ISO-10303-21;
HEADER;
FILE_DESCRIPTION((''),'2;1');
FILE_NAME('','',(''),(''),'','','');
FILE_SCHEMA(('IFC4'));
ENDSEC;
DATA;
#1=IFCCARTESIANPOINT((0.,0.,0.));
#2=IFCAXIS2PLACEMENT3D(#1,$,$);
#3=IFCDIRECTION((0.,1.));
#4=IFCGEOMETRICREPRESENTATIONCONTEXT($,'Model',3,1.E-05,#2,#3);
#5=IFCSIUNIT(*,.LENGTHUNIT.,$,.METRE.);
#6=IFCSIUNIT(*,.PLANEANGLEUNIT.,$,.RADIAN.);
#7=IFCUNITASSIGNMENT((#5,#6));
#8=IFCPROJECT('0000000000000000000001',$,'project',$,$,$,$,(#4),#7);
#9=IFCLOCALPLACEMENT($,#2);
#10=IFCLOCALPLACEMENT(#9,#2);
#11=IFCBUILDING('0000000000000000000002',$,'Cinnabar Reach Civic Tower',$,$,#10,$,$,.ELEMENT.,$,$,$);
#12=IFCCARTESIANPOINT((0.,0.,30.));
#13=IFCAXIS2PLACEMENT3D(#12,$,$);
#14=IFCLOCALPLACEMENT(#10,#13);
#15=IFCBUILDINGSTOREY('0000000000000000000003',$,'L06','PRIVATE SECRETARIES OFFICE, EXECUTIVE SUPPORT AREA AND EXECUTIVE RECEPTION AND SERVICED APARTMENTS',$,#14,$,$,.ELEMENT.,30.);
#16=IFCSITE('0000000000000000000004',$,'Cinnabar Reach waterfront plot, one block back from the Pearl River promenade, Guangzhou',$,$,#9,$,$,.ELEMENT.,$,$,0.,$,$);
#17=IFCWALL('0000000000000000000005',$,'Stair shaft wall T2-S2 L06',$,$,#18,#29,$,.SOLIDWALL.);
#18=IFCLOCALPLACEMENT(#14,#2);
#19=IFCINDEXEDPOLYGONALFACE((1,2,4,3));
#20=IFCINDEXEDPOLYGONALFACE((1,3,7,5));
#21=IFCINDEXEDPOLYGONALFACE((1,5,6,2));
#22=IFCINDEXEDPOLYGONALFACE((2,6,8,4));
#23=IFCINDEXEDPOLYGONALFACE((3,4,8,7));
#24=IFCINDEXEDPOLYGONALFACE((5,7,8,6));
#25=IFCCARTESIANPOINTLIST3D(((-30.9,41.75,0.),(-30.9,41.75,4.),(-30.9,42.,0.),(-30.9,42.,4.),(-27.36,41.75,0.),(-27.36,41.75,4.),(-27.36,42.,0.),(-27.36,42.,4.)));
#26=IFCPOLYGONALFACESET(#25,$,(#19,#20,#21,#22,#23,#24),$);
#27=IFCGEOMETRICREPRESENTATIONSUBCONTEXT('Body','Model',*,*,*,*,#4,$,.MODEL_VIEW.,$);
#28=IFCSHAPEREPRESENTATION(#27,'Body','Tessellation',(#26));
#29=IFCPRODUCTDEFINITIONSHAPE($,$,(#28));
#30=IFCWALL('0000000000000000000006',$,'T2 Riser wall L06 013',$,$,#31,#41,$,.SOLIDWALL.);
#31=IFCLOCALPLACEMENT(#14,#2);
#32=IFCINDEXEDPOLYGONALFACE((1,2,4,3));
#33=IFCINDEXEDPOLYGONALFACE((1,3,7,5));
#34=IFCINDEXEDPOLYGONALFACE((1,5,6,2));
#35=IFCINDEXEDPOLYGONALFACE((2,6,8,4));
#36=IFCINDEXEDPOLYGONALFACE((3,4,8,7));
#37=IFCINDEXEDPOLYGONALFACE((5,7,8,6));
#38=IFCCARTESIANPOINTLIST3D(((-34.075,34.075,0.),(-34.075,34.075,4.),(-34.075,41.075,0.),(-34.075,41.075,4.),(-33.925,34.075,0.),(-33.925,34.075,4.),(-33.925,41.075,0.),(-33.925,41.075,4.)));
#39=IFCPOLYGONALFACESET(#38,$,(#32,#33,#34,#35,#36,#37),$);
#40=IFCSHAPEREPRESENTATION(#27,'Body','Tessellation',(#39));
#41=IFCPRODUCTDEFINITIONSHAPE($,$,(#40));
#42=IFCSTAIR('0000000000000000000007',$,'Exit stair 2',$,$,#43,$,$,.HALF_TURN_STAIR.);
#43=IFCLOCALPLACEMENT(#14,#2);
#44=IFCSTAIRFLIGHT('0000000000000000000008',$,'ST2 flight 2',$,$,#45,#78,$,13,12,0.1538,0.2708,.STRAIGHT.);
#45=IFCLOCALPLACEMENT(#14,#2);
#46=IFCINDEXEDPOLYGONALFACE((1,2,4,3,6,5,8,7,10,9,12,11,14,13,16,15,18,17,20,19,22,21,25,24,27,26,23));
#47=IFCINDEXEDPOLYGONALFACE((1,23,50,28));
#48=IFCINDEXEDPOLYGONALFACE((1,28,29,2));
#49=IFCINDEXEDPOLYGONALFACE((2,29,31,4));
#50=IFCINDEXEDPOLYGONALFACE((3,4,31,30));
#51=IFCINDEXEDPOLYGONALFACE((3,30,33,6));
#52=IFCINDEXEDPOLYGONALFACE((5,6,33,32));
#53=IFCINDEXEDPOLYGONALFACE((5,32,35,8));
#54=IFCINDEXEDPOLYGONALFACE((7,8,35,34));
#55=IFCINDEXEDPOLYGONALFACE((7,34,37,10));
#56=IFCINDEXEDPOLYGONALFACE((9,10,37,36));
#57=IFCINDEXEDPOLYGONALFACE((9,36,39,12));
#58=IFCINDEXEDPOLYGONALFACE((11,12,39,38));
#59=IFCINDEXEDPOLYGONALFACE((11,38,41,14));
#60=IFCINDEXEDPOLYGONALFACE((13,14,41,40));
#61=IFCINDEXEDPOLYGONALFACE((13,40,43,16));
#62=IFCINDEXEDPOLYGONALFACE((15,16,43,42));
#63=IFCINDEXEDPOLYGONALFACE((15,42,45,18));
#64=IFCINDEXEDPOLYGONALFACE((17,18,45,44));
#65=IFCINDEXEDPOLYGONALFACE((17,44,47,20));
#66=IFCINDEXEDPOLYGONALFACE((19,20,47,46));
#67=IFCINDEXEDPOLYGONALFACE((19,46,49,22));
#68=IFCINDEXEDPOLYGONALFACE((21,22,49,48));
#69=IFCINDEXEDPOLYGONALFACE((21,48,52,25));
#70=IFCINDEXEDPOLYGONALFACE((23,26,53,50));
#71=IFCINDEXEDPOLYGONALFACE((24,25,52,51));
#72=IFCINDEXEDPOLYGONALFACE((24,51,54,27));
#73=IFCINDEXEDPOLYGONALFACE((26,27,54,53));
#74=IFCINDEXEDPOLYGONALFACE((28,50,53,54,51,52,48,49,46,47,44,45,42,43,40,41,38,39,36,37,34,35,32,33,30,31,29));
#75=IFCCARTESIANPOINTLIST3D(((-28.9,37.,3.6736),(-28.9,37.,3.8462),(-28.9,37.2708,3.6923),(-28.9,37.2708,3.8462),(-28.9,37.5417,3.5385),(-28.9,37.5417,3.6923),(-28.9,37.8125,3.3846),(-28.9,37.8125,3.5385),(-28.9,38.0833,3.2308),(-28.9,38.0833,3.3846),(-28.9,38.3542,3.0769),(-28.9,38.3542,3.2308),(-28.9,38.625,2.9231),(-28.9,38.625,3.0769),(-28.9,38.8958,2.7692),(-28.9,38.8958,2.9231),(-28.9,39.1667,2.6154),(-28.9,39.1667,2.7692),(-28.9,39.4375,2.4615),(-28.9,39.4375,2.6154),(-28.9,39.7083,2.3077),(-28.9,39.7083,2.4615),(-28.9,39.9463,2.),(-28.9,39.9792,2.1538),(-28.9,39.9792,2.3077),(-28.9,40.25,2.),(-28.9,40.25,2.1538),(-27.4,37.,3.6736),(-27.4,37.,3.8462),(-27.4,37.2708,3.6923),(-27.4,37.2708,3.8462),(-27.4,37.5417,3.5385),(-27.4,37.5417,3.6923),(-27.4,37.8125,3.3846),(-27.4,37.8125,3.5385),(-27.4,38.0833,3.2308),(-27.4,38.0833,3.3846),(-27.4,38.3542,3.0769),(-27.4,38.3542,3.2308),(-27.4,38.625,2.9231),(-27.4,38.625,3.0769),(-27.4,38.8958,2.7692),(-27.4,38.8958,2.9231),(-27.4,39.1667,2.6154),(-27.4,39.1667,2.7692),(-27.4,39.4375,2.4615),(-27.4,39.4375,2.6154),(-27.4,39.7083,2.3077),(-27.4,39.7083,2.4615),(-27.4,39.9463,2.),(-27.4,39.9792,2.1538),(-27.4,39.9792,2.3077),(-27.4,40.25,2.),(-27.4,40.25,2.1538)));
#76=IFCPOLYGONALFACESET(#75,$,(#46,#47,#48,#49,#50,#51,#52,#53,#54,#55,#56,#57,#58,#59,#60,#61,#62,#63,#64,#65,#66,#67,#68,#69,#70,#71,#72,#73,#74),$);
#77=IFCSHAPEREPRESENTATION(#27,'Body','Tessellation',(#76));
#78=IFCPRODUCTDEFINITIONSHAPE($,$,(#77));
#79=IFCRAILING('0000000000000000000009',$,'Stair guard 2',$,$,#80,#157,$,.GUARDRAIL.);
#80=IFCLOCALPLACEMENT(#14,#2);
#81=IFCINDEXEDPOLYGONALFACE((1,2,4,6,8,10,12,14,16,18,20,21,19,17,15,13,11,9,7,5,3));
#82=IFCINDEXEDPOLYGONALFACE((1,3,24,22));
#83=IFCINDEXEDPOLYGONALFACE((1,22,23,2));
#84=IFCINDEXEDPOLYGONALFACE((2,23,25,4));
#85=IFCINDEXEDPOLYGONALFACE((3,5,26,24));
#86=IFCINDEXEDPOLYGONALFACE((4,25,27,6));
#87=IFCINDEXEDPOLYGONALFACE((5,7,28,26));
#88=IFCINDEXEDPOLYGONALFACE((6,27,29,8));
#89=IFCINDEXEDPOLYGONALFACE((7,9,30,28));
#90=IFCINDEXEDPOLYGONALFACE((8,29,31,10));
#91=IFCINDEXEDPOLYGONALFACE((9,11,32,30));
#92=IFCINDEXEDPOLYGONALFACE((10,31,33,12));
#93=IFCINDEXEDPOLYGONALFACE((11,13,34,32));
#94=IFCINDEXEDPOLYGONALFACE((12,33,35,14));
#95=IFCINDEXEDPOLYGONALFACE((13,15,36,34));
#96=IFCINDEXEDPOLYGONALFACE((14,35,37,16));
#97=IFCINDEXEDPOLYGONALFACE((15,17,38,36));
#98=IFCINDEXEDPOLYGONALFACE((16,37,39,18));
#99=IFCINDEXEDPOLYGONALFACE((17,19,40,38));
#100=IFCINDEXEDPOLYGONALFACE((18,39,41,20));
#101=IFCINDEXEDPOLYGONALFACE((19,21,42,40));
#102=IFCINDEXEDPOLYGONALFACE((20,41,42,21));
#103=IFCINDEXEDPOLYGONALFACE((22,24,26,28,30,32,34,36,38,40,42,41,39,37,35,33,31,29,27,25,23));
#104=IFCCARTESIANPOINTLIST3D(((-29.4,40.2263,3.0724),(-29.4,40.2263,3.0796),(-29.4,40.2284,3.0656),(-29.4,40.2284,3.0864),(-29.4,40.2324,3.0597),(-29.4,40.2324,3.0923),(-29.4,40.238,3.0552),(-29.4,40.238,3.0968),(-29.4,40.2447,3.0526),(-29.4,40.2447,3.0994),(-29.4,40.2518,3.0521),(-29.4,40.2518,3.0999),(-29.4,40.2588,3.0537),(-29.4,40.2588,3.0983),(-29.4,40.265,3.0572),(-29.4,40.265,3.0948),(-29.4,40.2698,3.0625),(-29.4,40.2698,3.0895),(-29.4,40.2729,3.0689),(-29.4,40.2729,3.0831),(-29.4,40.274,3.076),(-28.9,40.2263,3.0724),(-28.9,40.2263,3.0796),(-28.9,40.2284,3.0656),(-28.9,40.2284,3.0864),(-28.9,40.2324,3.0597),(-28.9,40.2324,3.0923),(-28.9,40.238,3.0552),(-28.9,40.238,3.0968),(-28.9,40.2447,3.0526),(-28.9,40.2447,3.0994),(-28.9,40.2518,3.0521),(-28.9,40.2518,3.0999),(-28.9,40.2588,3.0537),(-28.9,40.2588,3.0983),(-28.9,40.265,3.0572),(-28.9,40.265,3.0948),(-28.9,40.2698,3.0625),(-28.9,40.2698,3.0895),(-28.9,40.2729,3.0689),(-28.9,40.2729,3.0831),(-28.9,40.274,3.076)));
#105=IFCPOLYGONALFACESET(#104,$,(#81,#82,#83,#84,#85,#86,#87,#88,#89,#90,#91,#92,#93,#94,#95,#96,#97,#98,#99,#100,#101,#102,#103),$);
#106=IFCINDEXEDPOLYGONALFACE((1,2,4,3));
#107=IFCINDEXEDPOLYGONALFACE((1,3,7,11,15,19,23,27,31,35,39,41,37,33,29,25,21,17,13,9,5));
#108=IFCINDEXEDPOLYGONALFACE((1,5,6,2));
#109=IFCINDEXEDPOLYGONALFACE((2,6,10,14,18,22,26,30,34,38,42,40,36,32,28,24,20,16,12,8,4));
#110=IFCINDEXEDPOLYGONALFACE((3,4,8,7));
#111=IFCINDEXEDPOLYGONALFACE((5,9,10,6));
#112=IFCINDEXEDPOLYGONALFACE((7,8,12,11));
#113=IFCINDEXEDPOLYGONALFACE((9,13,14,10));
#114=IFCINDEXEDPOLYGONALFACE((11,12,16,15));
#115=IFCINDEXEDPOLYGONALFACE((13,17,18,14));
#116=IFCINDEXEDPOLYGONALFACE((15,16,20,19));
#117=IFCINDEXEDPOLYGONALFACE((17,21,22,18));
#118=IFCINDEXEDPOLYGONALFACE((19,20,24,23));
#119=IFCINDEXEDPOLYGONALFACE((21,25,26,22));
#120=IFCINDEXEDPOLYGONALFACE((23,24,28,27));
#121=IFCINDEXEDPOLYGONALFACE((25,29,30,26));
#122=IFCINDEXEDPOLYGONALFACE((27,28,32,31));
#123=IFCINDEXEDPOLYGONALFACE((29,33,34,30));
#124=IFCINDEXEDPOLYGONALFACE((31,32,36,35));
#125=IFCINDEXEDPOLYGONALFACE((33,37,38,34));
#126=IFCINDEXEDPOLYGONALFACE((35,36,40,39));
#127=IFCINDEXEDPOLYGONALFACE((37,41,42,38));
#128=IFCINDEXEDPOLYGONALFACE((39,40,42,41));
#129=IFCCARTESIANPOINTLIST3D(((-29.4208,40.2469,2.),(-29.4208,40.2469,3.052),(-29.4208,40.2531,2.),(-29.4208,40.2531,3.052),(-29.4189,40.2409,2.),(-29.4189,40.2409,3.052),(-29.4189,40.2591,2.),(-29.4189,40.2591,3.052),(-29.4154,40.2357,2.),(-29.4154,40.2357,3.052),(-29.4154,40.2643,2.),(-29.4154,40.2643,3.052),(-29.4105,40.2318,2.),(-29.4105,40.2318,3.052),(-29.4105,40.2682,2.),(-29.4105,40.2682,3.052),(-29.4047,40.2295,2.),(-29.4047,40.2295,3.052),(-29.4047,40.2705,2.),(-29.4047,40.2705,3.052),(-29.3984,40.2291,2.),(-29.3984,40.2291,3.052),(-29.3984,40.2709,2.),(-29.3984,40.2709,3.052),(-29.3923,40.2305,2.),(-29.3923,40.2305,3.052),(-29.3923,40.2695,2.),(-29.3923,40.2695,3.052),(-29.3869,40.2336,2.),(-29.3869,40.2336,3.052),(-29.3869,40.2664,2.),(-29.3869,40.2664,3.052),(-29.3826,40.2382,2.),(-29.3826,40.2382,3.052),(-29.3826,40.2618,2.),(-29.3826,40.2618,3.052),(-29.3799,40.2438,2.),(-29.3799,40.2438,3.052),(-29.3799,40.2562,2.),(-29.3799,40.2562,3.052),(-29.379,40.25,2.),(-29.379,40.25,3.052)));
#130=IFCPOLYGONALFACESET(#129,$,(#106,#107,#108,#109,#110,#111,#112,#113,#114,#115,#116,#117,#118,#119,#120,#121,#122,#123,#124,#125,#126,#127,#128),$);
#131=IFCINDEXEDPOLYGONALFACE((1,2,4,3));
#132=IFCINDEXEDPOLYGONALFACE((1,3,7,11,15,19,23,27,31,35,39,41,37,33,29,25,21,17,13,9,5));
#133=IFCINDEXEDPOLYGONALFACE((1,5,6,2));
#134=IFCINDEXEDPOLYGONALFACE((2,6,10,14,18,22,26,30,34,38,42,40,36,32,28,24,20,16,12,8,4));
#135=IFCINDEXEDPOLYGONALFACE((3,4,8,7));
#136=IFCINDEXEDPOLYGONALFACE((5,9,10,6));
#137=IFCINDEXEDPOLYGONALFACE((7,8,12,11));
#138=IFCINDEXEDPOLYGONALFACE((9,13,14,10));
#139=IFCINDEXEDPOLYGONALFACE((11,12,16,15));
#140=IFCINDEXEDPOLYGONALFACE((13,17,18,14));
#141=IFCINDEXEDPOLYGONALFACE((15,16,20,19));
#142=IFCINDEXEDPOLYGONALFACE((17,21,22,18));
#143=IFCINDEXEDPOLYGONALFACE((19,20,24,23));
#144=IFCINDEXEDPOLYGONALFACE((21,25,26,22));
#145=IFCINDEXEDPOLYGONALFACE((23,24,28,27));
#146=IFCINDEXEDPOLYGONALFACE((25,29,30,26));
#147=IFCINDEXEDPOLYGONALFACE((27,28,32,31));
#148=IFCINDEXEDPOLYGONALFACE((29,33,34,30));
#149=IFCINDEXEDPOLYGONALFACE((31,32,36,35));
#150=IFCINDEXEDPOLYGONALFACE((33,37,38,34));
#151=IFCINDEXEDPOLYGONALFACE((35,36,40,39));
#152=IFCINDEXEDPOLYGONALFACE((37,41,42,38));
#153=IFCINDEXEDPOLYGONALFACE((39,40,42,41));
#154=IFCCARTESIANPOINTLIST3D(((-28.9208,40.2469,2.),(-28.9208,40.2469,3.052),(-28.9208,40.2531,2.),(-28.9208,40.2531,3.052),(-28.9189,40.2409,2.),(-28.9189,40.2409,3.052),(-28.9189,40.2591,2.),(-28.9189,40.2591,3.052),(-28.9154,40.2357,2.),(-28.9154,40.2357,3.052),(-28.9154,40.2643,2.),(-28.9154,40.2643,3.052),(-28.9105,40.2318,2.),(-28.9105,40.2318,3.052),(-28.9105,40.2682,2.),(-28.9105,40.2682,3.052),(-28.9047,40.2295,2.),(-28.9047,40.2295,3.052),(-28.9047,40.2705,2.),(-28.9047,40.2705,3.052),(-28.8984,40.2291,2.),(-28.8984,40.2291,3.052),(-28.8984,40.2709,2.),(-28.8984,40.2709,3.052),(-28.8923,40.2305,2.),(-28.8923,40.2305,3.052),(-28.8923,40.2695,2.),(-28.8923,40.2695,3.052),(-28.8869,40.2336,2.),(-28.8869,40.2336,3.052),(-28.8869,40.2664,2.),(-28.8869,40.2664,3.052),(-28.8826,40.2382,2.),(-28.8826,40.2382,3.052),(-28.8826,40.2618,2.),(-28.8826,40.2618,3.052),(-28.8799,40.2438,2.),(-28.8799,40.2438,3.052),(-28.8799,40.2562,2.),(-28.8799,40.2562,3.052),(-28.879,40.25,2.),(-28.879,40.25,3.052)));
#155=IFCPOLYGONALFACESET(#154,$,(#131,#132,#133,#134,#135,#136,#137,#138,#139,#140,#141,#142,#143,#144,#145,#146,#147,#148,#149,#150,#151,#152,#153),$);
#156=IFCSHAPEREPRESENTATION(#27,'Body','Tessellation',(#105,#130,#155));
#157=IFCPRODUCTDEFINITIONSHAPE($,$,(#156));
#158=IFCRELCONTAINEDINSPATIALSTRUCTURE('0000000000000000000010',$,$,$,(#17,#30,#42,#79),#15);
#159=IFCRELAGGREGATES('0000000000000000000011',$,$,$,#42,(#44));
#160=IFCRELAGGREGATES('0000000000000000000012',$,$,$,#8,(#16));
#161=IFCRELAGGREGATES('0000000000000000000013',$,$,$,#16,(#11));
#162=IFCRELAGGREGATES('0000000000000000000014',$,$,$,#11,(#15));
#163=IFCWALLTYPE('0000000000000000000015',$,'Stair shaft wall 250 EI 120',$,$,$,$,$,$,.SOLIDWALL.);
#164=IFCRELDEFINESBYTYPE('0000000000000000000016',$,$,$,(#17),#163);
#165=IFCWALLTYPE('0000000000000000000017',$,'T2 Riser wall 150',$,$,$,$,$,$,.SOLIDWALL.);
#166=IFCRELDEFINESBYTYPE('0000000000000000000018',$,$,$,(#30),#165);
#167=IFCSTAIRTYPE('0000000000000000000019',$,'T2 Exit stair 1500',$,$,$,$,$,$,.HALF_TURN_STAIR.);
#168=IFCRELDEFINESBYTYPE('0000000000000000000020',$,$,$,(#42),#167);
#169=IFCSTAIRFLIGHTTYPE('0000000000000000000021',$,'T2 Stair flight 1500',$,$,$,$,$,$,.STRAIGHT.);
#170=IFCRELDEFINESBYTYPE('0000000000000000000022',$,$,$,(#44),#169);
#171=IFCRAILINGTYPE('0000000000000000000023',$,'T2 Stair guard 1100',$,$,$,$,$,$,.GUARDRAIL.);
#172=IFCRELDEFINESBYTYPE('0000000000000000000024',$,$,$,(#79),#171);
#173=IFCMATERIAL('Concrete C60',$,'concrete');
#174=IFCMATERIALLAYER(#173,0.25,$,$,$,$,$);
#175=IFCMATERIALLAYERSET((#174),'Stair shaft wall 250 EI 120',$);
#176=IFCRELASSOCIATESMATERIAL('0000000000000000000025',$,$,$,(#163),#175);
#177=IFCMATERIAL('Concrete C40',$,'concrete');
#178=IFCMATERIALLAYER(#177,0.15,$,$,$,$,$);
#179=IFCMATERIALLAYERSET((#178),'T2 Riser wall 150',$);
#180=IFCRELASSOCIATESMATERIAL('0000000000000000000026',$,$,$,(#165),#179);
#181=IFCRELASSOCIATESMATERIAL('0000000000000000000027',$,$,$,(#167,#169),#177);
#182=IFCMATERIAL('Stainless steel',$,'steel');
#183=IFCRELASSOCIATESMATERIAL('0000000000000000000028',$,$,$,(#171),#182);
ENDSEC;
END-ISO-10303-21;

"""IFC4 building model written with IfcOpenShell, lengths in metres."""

from ifc_helpers import new_model, si_unit, direction, frame, frame_2d, origin, origin_2d, place, context, subcontext, project, spatial, polyline, rectangle, circle, outline, extrude, material, layer, layer_set, type_object, element, aggregate, save


model = new_model("IFC4")

# Units and contexts
model_context = context("Model", 3, precision=1e-05, world=origin(), true_north=direction((0.0, 1.0)))
body_context = subcontext(model_context, "Body", "Model", "MODEL_VIEW")
ifc_project = project(units=[si_unit("LENGTHUNIT", "METRE"), si_unit("PLANEANGLEUNIT", "RADIAN")], contexts=[model_context])

# Site, building, storey
site_placement = place(None, origin())
site = spatial("IfcSite", under=ifc_project, at=site_placement, Name="Cinnabar Reach waterfront plot, one block back from the Pearl River promenade, Guangzhou", CompositionType="ELEMENT", RefElevation=0.0)
building_placement = place(site_placement, origin())
building = spatial("IfcBuilding", under=site, at=building_placement, Name="Cinnabar Reach Civic Tower", CompositionType="ELEMENT")
storey_placement = place(building_placement, frame((0.0, 0.0, 30.0)))
storey = spatial("IfcBuildingStorey", under=building, at=storey_placement, Name="L06", Description="PRIVATE SECRETARIES OFFICE, EXECUTIVE SUPPORT AREA AND EXECUTIVE RECEPTION AND SERVICED APARTMENTS", CompositionType="ELEMENT", Elevation=30.0)

# Shared definitions
ifc_material_1 = material(Name="Concrete C40", Category="concrete")

# Walls
ifc_material_2 = material(Name="Concrete C60", Category="concrete")
ifc_layer_1 = layer(ifc_material_2, 0.25)
ifc_layer_set_1 = layer_set([ifc_layer_1], Name="Stair shaft wall 250 EI 120")
wall_type_1 = type_object("IfcWallType", Name="Stair shaft wall 250 EI 120", PredefinedType="SOLIDWALL", material=ifc_layer_set_1)
wall_1_placement = place(storey_placement, frame((-27.36, 41.875, 0.0), z_axis=(0.0, 0.0, 1.0), x_axis=(-1.0, 0.0, 0.0)))
element("IfcWall", 1, at=wall_1_placement, inside=storey, type_object=wall_type_1, Name="Stair shaft wall T2-S2 L06", PredefinedType="SOLIDWALL", context=body_context, shape_type="SweptSolid", body=[
    extrude(rectangle(XDim=3.54, YDim=0.25, at=frame_2d((1.77, 0.0))), origin(), (0.0, 0.0, 1.0), 4.0),
])
ifc_layer_2 = layer(ifc_material_1, 0.15)
ifc_layer_set_2 = layer_set([ifc_layer_2], Name="T2 Riser wall 150")
wall_type_2 = type_object("IfcWallType", Name="T2 Riser wall 150", PredefinedType="SOLIDWALL", material=ifc_layer_set_2)
wall_2_placement = place(storey_placement, frame((-34.0, 41.075, 0.0), z_axis=(0.0, 0.0, 1.0), x_axis=(0.0, -1.0, 0.0)))
element("IfcWall", 2, at=wall_2_placement, inside=storey, type_object=wall_type_2, Name="T2 Riser wall L06 013", PredefinedType="SOLIDWALL", context=body_context, shape_type="SweptSolid", body=[
    extrude(rectangle(XDim=7.0, YDim=0.15, at=frame_2d((3.5, 0.0))), origin(), (0.0, 0.0, 1.0), 4.0),
])

# Stair, stair flight
stair_type = type_object("IfcStairType", Name="T2 Exit stair 1500", PredefinedType="HALF_TURN_STAIR", material=ifc_material_1)
stair_placement = place(storey_placement, origin())
stair = element("IfcStair", 3, at=stair_placement, inside=storey, type_object=stair_type, Name="Exit stair 2", PredefinedType="HALF_TURN_STAIR")
stair_flight_type = type_object("IfcStairFlightType", Name="T2 Stair flight 1500", PredefinedType="STRAIGHT", material=ifc_material_1)
stair_flight_placement = place(storey_placement, frame((-28.15, 40.25, 2.0), z_axis=(0.0, 0.0, 1.0), x_axis=(0.0, -1.0, 0.0)))
stair_flight = element("IfcStairFlight", 4, at=stair_flight_placement, type_object=stair_flight_type, Name="ST2 flight 2", NumberOfRisers=13, NumberOfTreads=12, PredefinedType="STRAIGHT", RiserHeight=0.1538, TreadLength=0.2708, context=body_context, shape_type="SweptSolid", body=[
    extrude(outline(polyline([(0.0, 0.0), (0.0, 0.1538), (0.2708, 0.1538), (0.2708, 0.3077), (0.5417, 0.3077), (0.5417, 0.4615), (0.8125, 0.4615), (0.8125, 0.6154), (1.0833, 0.6154), (1.0833, 0.7692), (1.3542, 0.7692), (1.3542, 0.9231), (1.625, 0.9231), (1.625, 1.0769), (1.8958, 1.0769), (1.8958, 1.2308), (2.1667, 1.2308), (2.1667, 1.3846), (2.4375, 1.3846), (2.4375, 1.5385), (2.7083, 1.5385), (2.7083, 1.6923), (2.9792, 1.6923), (2.9792, 1.8462), (3.25, 1.8462), (3.25, 2.0), (3.25, 1.6736), (0.3037, 0.0), (0.0, 0.0)])), frame((0.0, 0.75, 0.0), z_axis=(0.0, -1.0, 0.0), x_axis=(1.0, 0.0, 0.0)), (0.0, 0.0, 1.0), 1.5),
])
aggregate(stair, [stair_flight])

# Railing
ifc_material_3 = material(Name="Stainless steel", Category="steel")
railing_type = type_object("IfcRailingType", Name="T2 Stair guard 1100", PredefinedType="GUARDRAIL", material=ifc_material_3)
railing_1_placement = place(storey_placement, frame((-29.4, 40.25, 2.0)))
element("IfcRailing", 5, at=railing_1_placement, inside=storey, type_object=railing_type, Name="Stair guard 2", PredefinedType="GUARDRAIL", context=body_context, shape_type="SweptSolid", body=[
    extrude(circle(Radius=0.024, at=origin_2d()), frame((0.0, 0.0, 1.076), z_axis=(1.0, 0.0, 0.0), x_axis=(0.0, 1.0, 0.0)), (0.0, 0.0, 1.0), 0.5),
    extrude(circle(Radius=0.021, at=origin_2d()), origin(), (0.0, 0.0, 1.0), 1.052),
    extrude(circle(Radius=0.021, at=origin_2d()), frame((0.5, 0.0, 0.0)), (0.0, 0.0, 1.0), 1.052),
])

save(model, "model.ifc")
